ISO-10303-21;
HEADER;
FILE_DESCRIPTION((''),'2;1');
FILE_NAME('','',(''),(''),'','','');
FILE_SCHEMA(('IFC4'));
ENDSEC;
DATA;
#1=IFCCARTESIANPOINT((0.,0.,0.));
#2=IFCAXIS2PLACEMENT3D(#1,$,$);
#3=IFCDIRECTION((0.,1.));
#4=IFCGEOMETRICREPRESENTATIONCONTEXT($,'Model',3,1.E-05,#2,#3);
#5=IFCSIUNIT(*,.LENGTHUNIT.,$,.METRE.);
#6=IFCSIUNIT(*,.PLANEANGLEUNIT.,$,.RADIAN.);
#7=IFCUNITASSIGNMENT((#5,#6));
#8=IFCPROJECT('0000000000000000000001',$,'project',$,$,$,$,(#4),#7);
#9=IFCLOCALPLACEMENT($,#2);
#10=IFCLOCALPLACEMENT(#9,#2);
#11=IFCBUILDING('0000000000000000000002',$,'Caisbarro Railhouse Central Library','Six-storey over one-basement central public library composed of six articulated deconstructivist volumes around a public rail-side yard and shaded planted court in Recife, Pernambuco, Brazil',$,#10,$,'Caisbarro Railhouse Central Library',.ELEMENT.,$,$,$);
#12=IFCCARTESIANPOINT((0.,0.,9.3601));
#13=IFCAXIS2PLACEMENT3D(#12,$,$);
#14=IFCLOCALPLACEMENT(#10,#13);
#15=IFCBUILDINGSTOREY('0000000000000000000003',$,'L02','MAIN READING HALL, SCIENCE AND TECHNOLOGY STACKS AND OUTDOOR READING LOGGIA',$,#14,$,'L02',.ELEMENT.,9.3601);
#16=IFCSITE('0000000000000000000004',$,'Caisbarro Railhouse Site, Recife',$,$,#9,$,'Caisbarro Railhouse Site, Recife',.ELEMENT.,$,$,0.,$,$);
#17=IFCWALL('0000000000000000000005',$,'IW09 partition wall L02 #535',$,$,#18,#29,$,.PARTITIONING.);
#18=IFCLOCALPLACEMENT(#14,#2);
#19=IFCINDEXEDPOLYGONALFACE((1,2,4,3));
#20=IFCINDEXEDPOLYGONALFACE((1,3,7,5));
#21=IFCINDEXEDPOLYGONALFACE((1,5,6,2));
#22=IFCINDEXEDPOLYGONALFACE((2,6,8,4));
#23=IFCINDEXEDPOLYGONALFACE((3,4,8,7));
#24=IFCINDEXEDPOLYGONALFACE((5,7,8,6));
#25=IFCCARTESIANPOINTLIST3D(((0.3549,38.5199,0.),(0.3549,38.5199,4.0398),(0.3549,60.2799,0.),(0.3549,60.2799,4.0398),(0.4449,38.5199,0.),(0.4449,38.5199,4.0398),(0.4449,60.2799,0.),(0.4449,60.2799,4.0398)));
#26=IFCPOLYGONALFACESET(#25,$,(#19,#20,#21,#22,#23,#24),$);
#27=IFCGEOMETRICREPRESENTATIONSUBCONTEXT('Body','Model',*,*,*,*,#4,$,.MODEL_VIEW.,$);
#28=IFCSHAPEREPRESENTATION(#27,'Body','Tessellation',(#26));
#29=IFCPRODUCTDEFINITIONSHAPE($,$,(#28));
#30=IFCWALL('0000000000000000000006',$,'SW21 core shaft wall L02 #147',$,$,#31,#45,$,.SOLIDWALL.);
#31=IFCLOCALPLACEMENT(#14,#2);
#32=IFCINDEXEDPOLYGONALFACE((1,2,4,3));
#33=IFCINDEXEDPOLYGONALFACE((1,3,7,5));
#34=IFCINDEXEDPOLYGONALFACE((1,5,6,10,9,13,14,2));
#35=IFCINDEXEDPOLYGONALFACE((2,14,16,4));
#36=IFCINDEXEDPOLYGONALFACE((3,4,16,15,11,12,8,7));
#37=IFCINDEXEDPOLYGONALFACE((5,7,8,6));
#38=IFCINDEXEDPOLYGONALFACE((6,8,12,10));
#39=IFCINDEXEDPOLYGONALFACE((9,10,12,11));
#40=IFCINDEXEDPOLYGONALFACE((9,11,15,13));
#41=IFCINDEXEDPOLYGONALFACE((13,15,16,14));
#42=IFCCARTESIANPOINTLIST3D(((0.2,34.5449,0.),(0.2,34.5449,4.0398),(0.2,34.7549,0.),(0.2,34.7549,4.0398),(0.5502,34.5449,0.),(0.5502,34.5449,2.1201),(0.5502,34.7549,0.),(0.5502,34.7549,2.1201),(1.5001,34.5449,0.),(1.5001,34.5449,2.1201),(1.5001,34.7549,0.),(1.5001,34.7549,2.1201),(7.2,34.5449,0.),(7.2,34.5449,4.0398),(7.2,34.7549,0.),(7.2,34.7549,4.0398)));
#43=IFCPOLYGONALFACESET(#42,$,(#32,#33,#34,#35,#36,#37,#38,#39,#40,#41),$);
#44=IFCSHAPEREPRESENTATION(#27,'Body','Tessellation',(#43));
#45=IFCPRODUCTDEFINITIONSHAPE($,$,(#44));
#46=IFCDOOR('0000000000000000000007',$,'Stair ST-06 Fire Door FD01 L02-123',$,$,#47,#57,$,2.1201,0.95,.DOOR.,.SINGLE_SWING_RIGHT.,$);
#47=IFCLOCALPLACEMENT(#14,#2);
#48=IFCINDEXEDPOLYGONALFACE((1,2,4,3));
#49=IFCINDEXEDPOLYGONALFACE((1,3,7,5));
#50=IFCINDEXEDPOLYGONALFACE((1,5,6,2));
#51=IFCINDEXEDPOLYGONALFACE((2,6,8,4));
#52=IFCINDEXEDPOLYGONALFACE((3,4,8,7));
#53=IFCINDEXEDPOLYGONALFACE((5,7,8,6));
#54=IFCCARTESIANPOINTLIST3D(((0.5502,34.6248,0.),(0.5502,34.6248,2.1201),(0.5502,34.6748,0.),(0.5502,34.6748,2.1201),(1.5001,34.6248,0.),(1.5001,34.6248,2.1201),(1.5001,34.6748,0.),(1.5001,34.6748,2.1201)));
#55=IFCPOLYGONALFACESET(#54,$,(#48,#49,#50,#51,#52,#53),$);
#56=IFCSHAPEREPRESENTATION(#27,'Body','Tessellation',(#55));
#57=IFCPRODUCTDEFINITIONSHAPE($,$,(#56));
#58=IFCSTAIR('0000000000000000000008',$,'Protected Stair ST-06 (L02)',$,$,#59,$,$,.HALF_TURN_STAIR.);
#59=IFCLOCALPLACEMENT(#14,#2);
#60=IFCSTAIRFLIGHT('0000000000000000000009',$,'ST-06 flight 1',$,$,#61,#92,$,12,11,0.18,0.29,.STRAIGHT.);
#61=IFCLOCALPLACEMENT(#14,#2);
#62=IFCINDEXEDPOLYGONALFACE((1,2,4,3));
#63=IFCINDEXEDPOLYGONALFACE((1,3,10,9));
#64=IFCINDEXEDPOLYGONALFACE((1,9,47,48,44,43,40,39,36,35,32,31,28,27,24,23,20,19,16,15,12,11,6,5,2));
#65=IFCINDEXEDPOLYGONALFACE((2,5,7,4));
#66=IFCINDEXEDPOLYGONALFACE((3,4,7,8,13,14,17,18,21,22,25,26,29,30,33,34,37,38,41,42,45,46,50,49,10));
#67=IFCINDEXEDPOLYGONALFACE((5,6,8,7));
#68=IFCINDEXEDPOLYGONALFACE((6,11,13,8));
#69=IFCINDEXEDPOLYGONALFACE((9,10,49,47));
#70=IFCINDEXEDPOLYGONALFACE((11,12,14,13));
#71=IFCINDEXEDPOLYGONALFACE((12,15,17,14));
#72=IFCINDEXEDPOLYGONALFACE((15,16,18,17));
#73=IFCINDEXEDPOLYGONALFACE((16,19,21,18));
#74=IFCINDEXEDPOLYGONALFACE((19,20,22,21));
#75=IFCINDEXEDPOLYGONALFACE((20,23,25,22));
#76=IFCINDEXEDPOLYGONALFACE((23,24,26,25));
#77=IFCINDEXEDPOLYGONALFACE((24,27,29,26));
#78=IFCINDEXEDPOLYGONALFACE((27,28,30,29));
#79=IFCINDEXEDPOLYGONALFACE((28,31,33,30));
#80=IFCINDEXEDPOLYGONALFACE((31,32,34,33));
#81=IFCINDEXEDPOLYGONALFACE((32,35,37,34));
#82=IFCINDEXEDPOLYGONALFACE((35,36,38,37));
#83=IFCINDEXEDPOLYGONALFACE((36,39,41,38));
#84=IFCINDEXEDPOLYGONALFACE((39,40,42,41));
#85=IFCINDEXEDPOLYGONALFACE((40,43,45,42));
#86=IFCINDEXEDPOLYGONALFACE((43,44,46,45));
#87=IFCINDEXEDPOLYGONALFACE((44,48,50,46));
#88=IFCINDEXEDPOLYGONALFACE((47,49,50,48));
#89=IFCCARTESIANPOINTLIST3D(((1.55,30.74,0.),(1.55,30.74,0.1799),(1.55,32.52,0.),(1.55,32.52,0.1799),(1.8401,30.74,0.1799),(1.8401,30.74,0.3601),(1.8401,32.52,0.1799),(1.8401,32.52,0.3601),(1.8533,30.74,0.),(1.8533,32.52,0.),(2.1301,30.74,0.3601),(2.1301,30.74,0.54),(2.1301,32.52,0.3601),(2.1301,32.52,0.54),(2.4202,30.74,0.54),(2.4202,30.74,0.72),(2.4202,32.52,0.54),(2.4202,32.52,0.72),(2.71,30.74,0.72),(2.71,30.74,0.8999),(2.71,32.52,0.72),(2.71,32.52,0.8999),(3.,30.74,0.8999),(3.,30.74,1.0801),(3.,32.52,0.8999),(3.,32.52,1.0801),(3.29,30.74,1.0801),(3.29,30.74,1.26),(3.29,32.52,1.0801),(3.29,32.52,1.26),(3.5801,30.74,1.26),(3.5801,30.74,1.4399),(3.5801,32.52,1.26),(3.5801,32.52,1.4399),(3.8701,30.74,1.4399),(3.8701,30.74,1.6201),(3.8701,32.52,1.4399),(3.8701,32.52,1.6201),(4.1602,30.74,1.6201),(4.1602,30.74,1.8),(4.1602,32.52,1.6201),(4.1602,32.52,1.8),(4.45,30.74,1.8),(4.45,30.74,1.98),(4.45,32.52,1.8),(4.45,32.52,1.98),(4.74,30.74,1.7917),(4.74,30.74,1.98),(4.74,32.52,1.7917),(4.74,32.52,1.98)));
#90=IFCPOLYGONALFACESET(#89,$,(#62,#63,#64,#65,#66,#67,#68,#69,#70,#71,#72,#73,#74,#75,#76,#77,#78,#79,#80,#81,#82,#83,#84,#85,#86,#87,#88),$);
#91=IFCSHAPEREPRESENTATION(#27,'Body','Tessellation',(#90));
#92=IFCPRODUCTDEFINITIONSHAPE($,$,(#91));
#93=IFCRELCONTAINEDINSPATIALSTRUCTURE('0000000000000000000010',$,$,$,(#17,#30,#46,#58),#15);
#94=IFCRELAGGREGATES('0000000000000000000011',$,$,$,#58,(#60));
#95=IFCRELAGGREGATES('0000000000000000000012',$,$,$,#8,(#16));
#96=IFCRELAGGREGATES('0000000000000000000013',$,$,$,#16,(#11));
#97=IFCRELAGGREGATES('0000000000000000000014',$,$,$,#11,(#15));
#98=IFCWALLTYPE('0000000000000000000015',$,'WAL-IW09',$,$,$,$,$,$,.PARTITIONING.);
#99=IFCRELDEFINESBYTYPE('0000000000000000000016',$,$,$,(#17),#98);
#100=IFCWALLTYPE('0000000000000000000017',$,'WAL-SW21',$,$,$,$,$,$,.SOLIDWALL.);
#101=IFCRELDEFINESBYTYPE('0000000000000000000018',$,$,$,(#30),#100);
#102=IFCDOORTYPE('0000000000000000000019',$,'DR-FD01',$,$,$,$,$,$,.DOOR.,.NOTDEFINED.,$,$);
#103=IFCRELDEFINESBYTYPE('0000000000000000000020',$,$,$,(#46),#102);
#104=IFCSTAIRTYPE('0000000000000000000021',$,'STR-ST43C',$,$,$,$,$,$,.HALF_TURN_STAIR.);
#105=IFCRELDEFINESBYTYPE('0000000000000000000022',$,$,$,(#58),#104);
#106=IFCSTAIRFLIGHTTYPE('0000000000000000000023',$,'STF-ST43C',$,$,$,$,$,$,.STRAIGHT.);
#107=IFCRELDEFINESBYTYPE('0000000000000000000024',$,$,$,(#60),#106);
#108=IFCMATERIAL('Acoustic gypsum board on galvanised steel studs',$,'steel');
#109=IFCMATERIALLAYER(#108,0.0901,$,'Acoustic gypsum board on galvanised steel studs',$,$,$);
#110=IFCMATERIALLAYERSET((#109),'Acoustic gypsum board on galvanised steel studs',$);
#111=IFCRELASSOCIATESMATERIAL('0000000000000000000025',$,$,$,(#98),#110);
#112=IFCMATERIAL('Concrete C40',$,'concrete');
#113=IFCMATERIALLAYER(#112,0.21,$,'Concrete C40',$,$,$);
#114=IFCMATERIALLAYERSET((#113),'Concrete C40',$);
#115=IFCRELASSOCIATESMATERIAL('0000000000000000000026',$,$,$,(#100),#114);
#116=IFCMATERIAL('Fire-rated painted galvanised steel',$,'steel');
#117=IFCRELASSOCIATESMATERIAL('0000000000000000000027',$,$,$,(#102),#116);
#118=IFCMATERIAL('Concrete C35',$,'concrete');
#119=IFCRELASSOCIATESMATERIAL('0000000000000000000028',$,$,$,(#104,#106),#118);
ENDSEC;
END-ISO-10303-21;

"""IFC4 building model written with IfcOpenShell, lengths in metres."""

from ifc_helpers import new_model, si_unit, direction, frame, frame_2d, origin, place, context, subcontext, project, spatial, polyline, rectangle, outline, extrude, material, layer, layer_set, type_object, element, fill, aggregate, save


model = new_model("IFC4")

# Units and contexts
model_context = context("Model", 3, precision=1e-05, world=origin(), true_north=direction((0.0, 1.0)))
body_context = subcontext(model_context, "Body", "Model", "MODEL_VIEW")
ifc_project = project(units=[si_unit("LENGTHUNIT", "METRE"), si_unit("PLANEANGLEUNIT", "RADIAN")], contexts=[model_context])

# Site, building, storey
site_placement = place(None, origin())
site = spatial("IfcSite", under=ifc_project, at=site_placement, Name="Caisbarro Railhouse Site, Recife", LongName="Caisbarro Railhouse Site, Recife", CompositionType="ELEMENT", RefElevation=0.0)
building_placement = place(site_placement, origin())
building = spatial("IfcBuilding", under=site, at=building_placement, Name="Caisbarro Railhouse Central Library", Description="Six-storey over one-basement central public library composed of six articulated deconstructivist volumes around a public rail-side yard and shaded planted court in Recife, Pernambuco, Brazil", LongName="Caisbarro Railhouse Central Library", CompositionType="ELEMENT")
storey_placement = place(building_placement, frame((0.0, 0.0, 9.3601)))
storey = spatial("IfcBuildingStorey", under=building, at=storey_placement, Name="L02", Description="MAIN READING HALL, SCIENCE AND TECHNOLOGY STACKS AND OUTDOOR READING LOGGIA", LongName="L02", CompositionType="ELEMENT", Elevation=9.3601)

# Shared definitions
ifc_material_1 = material(Name="Concrete C40", Category="concrete")

# Shared definitions
ifc_material_2 = material(Name="Fire-rated painted galvanised steel", Category="steel")

# Wall
ifc_material_3 = material(Name="Acoustic gypsum board on galvanised steel studs", Category="steel")
ifc_layer_1 = layer(ifc_material_3, 0.0901, Name="Acoustic gypsum board on galvanised steel studs")
ifc_layer_set_1 = layer_set([ifc_layer_1], Name="Acoustic gypsum board on galvanised steel studs")
wall_type_1 = type_object("IfcWallType", Name="WAL-IW09", PredefinedType="PARTITIONING", material=ifc_layer_set_1)
wall_1_placement = place(storey_placement, frame((0.3999, 38.52, 0.0), z_axis=(0.0, 0.0, 1.0), x_axis=(0.0, 1.0, 0.0)))
element("IfcWall", 1, at=wall_1_placement, inside=storey, type_object=wall_type_1, Name="IW09 partition wall L02 #535", PredefinedType="PARTITIONING", context=body_context, shape_type="SweptSolid", body=[
    extrude(rectangle(XDim=21.76, YDim=0.0901, at=frame_2d((10.8799, 0.0))), origin(), (0.0, 0.0, 1.0), 4.0398),
])

# Wall, opening, door
ifc_layer_2 = layer(ifc_material_1, 0.21, Name="Concrete C40")
ifc_layer_set_2 = layer_set([ifc_layer_2], Name="Concrete C40")
wall_type_2 = type_object("IfcWallType", Name="WAL-SW21", PredefinedType="SOLIDWALL", material=ifc_layer_set_2)
wall_2_placement = place(storey_placement, frame((0.2, 34.6499, 0.0), z_axis=(0.0, 0.0, 1.0), x_axis=(1.0, 0.0, 0.0)))
wall_2 = element("IfcWall", 2, at=wall_2_placement, inside=storey, type_object=wall_type_2, Name="SW21 core shaft wall L02 #147", PredefinedType="SOLIDWALL", context=body_context, shape_type="SweptSolid", body=[
    extrude(rectangle(XDim=7.0, YDim=0.21, at=frame_2d((3.5, 0.0))), origin(), (0.0, 0.0, 1.0), 4.0398),
])
opening_1_placement = place(wall_2_placement, frame((0.3501, 0.0, 0.0)))
opening_1 = element("IfcOpeningElement", 3, at=opening_1_placement, cuts=wall_2, PredefinedType="OPENING", context=body_context, shape_type="SweptSolid", body=[
    extrude(rectangle(XDim=0.95, YDim=2.1201, at=frame_2d((0.4751, 1.0601))), frame((0.0, 0.115, 0.0), z_axis=(0.0, -1.0, 0.0), x_axis=(1.0, 0.0, 0.0)), (0.0, 0.0, 1.0), 0.23),
])
door_type_1 = type_object("IfcDoorType", Name="DR-FD01", OperationType="NOTDEFINED", PredefinedType="DOOR", material=ifc_material_2)
door_1_placement = place(opening_1_placement, origin())
door_1 = element("IfcDoor", 4, at=door_1_placement, inside=storey, type_object=door_type_1, Name="Stair ST-06 Fire Door FD01 L02-123", OperationType="SINGLE_SWING_RIGHT", OverallHeight=2.1201, OverallWidth=0.95, PredefinedType="DOOR", context=body_context, shape_type="SweptSolid", body=[
    extrude(rectangle(XDim=0.95, YDim=2.1201, at=frame_2d((0.4751, 1.0601))), frame((0.0, 0.0249, 0.0), z_axis=(0.0, -1.0, 0.0), x_axis=(1.0, 0.0, 0.0)), (0.0, 0.0, 1.0), 0.05),
])
fill(opening_1, door_1)

# Stair, stair flight
ifc_material_4 = material(Name="Concrete C35", Category="concrete")
stair_type = type_object("IfcStairType", Name="STR-ST43C", PredefinedType="HALF_TURN_STAIR", material=ifc_material_4)
stair_placement = place(storey_placement, origin())
stair = element("IfcStair", 5, at=stair_placement, inside=storey, type_object=stair_type, Name="Protected Stair ST-06 (L02)", PredefinedType="HALF_TURN_STAIR")
stair_flight_type = type_object("IfcStairFlightType", Name="STF-ST43C", PredefinedType="STRAIGHT", material=ifc_material_4)
stair_flight_placement = place(storey_placement, frame((1.55, 31.6299, 0.0), z_axis=(0.0, 0.0, 1.0), x_axis=(1.0, 0.0, 0.0)))
stair_flight = element("IfcStairFlight", 6, at=stair_flight_placement, type_object=stair_flight_type, Name="ST-06 flight 1", NumberOfRisers=12, NumberOfTreads=11, PredefinedType="STRAIGHT", RiserHeight=0.18, TreadLength=0.29, context=body_context, shape_type="SweptSolid", body=[
    extrude(outline(polyline([(0.0, 0.0), (0.0, 0.1799), (0.29, 0.1799), (0.29, 0.3601), (0.5801, 0.3601), (0.5801, 0.54), (0.8701, 0.54), (0.8701, 0.72), (1.1599, 0.72), (1.1599, 0.8999), (1.45, 0.8999), (1.45, 1.0801), (1.74, 1.0801), (1.74, 1.26), (2.03, 1.26), (2.03, 1.4399), (2.3201, 1.4399), (2.3201, 1.6201), (2.6101, 1.6201), (2.6101, 1.8), (2.8999, 1.8), (2.8999, 1.98), (3.1899, 1.98), (3.1899, 2.1599), (3.1899, 1.7917), (0.3032, 0.0), (0.0, 0.0)])), frame((0.0, 0.8901, 0.0), z_axis=(0.0, -1.0, 0.0), x_axis=(1.0, 0.0, 0.0)), (0.0, 0.0, 1.0), 1.78),
])
aggregate(stair, [stair_flight])

save(model, "model.ifc")
